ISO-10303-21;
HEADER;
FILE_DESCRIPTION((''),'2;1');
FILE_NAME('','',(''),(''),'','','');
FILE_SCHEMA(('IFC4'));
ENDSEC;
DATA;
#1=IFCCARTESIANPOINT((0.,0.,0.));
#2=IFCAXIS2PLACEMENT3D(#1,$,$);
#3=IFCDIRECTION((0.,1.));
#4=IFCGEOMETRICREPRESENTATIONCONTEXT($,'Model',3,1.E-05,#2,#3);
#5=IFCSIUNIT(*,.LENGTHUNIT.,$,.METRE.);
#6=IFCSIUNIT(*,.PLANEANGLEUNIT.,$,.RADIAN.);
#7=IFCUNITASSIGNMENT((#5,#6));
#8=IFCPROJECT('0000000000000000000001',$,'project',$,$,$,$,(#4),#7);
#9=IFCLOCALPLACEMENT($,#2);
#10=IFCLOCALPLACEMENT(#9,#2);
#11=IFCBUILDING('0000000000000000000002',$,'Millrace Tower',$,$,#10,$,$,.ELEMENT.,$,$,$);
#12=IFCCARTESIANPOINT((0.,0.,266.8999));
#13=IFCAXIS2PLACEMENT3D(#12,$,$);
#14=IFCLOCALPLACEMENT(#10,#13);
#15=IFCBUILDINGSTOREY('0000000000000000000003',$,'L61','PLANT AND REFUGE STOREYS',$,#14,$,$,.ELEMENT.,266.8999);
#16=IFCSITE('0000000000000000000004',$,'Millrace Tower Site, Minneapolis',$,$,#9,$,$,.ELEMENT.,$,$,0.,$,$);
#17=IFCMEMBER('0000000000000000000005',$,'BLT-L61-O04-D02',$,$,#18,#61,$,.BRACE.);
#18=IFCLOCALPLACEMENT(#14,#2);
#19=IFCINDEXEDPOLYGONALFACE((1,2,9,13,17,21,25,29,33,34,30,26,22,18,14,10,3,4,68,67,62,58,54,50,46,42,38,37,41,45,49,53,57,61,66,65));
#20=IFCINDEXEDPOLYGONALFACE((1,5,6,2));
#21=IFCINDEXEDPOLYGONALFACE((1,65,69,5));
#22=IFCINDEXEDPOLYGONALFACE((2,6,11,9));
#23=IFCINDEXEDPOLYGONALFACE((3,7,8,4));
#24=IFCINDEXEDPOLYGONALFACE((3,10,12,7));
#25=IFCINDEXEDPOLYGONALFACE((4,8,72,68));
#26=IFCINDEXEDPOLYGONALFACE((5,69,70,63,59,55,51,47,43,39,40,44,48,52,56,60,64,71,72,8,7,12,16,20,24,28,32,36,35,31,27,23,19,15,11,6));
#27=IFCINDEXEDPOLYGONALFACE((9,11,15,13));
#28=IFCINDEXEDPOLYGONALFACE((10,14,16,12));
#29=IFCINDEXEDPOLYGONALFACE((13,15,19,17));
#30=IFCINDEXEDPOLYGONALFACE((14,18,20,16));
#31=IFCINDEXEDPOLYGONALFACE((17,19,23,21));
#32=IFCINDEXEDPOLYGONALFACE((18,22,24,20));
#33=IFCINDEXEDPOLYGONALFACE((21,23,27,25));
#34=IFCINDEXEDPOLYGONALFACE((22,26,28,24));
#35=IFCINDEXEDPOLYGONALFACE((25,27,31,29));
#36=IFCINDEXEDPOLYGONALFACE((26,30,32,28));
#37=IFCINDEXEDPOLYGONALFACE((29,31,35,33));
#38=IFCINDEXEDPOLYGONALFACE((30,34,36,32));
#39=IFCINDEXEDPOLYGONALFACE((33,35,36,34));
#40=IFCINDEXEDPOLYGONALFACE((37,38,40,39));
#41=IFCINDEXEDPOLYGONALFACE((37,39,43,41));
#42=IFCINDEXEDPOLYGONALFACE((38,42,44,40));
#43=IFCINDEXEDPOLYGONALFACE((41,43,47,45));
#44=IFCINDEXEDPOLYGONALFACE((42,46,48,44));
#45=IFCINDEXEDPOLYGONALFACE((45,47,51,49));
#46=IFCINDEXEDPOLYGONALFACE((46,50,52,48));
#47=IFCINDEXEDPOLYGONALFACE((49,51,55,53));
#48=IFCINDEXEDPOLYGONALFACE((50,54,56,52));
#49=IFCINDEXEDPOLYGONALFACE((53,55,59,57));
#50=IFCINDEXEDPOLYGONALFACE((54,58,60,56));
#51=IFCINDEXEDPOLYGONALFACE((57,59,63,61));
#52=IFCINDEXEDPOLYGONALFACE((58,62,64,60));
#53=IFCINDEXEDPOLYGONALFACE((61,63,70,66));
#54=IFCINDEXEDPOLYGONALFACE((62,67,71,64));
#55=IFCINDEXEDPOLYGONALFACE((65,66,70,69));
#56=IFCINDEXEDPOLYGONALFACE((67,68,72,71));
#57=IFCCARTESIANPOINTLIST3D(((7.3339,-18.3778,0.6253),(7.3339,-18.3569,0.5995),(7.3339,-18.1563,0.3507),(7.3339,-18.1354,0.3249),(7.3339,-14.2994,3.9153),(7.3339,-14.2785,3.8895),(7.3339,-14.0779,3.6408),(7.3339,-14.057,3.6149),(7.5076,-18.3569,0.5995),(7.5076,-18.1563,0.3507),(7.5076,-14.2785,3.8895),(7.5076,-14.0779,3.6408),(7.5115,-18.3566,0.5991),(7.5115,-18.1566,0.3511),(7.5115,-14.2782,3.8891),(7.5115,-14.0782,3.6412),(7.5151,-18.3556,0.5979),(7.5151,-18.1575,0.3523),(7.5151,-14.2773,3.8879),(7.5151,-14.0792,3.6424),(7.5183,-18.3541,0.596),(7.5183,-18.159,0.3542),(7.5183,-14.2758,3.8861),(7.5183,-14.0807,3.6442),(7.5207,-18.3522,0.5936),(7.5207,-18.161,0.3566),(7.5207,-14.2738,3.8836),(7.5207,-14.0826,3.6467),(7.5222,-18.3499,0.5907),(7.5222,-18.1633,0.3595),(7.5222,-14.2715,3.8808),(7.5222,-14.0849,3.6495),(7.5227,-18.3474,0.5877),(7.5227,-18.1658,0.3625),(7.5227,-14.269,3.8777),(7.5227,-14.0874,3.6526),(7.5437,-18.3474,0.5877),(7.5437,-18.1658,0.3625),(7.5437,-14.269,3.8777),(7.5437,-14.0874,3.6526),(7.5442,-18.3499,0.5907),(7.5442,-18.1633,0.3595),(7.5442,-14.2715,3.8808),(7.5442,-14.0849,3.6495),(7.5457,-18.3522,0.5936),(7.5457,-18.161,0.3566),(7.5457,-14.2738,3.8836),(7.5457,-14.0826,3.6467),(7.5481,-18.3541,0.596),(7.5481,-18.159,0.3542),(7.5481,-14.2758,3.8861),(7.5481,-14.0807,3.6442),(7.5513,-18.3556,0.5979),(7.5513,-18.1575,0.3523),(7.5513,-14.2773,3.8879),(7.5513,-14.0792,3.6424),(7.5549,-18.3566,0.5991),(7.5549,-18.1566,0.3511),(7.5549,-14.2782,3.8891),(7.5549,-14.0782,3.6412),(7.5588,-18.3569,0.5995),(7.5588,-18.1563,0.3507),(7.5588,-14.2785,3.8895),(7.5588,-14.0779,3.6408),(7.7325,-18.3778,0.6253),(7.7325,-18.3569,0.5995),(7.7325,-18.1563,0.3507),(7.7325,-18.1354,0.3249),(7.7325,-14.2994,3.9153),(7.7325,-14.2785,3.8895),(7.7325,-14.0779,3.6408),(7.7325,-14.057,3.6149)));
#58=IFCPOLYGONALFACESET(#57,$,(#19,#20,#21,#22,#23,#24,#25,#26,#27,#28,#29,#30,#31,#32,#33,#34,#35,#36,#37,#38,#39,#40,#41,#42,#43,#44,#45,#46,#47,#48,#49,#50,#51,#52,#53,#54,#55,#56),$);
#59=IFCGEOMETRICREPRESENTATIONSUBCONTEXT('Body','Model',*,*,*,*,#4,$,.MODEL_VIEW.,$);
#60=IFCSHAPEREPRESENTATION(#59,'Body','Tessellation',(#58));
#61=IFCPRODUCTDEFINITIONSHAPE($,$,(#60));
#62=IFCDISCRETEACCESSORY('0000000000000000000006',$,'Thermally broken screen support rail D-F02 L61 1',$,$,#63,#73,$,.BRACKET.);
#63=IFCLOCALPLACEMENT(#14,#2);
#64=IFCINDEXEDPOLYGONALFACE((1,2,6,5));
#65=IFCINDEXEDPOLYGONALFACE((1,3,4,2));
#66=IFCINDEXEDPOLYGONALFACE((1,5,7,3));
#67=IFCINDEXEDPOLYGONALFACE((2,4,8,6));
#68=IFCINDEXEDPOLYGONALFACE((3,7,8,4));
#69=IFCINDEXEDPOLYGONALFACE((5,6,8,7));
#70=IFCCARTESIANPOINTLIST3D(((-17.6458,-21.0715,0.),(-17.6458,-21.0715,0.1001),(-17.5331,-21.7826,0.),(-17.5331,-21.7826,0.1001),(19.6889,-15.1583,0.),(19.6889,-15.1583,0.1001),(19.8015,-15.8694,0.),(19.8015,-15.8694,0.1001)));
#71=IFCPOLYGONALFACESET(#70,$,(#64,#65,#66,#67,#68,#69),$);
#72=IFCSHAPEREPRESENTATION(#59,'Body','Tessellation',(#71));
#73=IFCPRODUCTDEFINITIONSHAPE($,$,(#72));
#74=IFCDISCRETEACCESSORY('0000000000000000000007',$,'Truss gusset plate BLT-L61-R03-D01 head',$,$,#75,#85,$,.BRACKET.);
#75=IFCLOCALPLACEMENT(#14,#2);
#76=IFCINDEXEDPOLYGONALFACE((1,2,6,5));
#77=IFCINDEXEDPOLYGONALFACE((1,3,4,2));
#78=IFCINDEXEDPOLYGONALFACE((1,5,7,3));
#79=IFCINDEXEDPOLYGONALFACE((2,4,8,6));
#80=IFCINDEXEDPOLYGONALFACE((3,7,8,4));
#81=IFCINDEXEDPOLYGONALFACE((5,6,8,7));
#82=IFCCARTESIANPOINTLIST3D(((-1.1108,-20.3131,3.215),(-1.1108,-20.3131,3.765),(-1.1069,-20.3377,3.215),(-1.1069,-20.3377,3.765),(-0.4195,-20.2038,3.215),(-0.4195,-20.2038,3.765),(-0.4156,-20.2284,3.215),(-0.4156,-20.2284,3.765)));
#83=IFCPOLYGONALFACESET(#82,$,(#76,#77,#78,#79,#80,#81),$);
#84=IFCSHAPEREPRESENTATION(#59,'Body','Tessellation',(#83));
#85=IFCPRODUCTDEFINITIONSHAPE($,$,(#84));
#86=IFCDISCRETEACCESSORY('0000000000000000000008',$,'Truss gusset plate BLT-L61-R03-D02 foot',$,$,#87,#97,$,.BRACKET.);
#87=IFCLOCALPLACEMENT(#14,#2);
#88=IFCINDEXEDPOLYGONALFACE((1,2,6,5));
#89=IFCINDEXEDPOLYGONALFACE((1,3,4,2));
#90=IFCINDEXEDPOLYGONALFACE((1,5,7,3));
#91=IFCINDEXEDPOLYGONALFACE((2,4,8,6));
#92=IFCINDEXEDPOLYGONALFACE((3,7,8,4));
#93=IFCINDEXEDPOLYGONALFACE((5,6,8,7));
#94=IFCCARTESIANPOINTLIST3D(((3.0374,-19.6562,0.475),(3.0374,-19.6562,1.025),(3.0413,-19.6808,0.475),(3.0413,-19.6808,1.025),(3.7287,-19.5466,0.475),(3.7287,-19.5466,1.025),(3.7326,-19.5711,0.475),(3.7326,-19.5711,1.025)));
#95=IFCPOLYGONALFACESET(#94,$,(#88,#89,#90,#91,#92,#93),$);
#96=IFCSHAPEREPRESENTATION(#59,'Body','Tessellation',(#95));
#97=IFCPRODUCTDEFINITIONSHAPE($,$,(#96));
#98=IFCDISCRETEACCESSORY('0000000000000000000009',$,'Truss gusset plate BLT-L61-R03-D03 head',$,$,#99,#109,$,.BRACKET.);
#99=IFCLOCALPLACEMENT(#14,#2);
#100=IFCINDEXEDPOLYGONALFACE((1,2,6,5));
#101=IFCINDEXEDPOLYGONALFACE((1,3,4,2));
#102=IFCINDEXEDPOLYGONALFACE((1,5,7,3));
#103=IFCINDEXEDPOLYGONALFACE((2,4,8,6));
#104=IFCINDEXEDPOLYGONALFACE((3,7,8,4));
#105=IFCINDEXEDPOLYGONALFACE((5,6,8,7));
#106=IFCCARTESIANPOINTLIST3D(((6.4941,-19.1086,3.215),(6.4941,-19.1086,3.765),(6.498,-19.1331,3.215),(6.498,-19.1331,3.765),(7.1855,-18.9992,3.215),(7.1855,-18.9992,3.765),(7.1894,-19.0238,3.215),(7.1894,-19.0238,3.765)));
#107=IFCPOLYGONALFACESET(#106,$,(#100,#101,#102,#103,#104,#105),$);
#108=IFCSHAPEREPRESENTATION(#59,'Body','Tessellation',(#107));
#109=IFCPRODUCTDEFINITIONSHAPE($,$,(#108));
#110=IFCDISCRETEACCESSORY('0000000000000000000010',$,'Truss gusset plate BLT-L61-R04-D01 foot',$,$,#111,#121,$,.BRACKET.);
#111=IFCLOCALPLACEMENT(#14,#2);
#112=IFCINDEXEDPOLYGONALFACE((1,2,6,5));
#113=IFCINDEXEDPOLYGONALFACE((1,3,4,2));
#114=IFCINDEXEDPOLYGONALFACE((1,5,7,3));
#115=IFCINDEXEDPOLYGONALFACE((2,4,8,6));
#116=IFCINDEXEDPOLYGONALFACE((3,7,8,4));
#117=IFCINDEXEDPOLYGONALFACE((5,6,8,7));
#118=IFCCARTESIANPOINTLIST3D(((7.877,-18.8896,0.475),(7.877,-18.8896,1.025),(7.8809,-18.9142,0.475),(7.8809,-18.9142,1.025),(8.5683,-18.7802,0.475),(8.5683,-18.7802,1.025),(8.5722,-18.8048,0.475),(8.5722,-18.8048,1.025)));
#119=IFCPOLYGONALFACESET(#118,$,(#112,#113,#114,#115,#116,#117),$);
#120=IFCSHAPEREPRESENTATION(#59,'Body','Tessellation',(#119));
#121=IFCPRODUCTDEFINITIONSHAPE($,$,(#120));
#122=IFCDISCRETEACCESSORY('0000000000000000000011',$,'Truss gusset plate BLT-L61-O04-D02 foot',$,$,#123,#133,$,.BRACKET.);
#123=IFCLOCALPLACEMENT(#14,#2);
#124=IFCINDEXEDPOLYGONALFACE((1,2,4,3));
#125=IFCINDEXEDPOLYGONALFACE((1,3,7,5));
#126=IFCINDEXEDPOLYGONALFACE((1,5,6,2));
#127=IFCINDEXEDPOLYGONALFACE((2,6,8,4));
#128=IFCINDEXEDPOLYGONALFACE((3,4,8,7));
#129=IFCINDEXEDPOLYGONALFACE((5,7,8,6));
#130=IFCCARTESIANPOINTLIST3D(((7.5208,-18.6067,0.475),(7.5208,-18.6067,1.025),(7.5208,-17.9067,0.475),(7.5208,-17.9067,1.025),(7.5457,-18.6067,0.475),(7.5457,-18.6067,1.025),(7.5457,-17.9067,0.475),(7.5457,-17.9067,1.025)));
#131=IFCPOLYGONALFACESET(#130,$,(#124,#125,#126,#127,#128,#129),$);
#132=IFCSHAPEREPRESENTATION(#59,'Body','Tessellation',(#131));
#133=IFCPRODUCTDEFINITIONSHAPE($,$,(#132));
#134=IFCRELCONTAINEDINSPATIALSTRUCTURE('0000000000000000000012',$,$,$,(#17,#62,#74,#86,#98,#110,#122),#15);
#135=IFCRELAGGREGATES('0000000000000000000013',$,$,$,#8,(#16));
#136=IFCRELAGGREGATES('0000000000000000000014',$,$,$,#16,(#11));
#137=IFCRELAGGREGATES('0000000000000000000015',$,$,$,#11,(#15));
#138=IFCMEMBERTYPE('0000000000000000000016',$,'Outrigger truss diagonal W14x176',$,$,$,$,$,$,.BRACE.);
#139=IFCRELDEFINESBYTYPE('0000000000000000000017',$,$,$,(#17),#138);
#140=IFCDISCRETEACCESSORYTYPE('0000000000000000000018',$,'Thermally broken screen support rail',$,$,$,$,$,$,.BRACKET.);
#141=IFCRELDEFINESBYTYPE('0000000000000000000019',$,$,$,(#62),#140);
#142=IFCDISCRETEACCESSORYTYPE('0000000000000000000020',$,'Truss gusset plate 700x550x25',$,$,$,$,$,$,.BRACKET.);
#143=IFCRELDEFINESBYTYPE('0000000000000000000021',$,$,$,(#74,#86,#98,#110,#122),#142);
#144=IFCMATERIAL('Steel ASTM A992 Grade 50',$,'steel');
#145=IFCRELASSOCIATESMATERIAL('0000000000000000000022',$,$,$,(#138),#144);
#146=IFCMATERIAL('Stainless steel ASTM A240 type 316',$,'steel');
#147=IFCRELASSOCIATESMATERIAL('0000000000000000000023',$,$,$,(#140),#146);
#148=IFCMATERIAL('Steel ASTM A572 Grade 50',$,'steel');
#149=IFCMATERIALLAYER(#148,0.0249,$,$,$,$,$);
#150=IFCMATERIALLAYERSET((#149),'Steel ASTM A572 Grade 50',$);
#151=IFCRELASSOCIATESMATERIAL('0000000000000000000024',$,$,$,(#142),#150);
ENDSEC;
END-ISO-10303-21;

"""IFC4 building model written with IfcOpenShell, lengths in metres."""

from ifc_helpers import new_model, si_unit, direction, frame, origin, origin_2d, place, context, subcontext, project, spatial, rectangle, i_section, extrude, material, layer, layer_set, material_profile, profile_set, type_object, element, save


model = new_model("IFC4")

# Units and contexts
model_context = context("Model", 3, precision=1e-05, world=origin(), true_north=direction((0.0, 1.0)))
body_context = subcontext(model_context, "Body", "Model", "MODEL_VIEW")
ifc_project = project(units=[si_unit("LENGTHUNIT", "METRE"), si_unit("PLANEANGLEUNIT", "RADIAN")], contexts=[model_context])

# Site, building, storey
site_placement = place(None, origin())
site = spatial("IfcSite", under=ifc_project, at=site_placement, Name="Millrace Tower Site, Minneapolis", CompositionType="ELEMENT", RefElevation=0.0)
building_placement = place(site_placement, origin())
building = spatial("IfcBuilding", under=site, at=building_placement, Name="Millrace Tower", CompositionType="ELEMENT")
storey_placement = place(building_placement, frame((0.0, 0.0, 266.8999)))
storey = spatial("IfcBuildingStorey", under=building, at=storey_placement, Name="L61", Description="PLANT AND REFUGE STOREYS", CompositionType="ELEMENT", Elevation=266.8999)

# Member
ifc_material_1 = material(Name="Steel ASTM A992 Grade 50", Category="steel")
ifc_material_profile_1 = material_profile(ifc_material_1, i_section(OverallWidth=0.3987, OverallDepth=0.386, WebThickness=0.021, FlangeThickness=0.0332, FilletRadius=0.0151, at=origin_2d()))
ifc_profile_set_1 = profile_set([ifc_material_profile_1], Name="Steel ASTM A992 Grade 50")
member_type_1 = type_object("IfcMemberType", Name="Outrigger truss diagonal W14x176", PredefinedType="BRACE", material=ifc_profile_set_1)
member_1_placement = place(storey_placement, frame((7.5332, -18.2566, 0.4751), z_axis=(0.0, 0.778317, 0.627872), x_axis=(-1.0, 0.0, 0.0)))
element("IfcMember", 1, at=member_1_placement, inside=storey, type_object=member_type_1, Name="BLT-L61-O04-D02", PredefinedType="BRACE", context=body_context, shape_type="SweptSolid", body=[
    extrude(i_section(OverallWidth=0.3987, OverallDepth=0.386, WebThickness=0.021, FlangeThickness=0.0332, FilletRadius=0.0151, at=origin_2d()), origin(), (0.0, 0.0, 1.0), 5.24),
])

# Discrete accessories
ifc_material_2 = material(Name="Stainless steel ASTM A240 type 316", Category="steel")
discrete_accessory_type_1 = type_object("IfcDiscreteAccessoryType", Name="Thermally broken screen support rail", PredefinedType="BRACKET", material=ifc_material_2)
discrete_accessory_placement = place(storey_placement, frame((1.0779, -18.4705, 0.0), z_axis=(0.0, 0.0, 1.0), x_axis=(0.987688, 0.156434, 0.0)))
element("IfcDiscreteAccessory", 2, at=discrete_accessory_placement, inside=storey, type_object=discrete_accessory_type_1, Name="Thermally broken screen support rail D-F02 L61 1", PredefinedType="BRACKET", context=body_context, shape_type="SweptSolid", body=[
    extrude(rectangle(XDim=37.8, YDim=0.72, at=origin_2d()), origin(), (0.0, 0.0, 1.0), 0.1001),
])
ifc_material_3 = material(Name="Steel ASTM A572 Grade 50", Category="steel")
ifc_layer_1 = layer(ifc_material_3, 0.0249)
ifc_layer_set_1 = layer_set([ifc_layer_1], Name="Steel ASTM A572 Grade 50")
discrete_accessory_type_2 = type_object("IfcDiscreteAccessoryType", Name="Truss gusset plate 700x550x25", PredefinedType="BRACKET", material=ifc_layer_set_1)
for number, where, z_axis, x_axis, name in (
    (3, (-1.1089, -20.3254, 3.49), (0.987718, 0.156249, 0.0), (-0.156249, 0.987718, 0.0), "Truss gusset plate BLT-L61-R03-D01 head"),
    (4, (3.0393, -19.6685, 0.75), (0.987664, 0.156589, 0.0), (-0.156589, 0.987664, 0.0), "Truss gusset plate BLT-L61-R03-D02 foot"),
    (5, (6.4961, -19.1208, 3.49), (0.987718, 0.156249, 0.0), (-0.156249, 0.987718, 0.0), "Truss gusset plate BLT-L61-R03-D03 head"),
    (6, (7.8789, -18.9019, 0.75), (0.987718, 0.156249, 0.0), (-0.156249, 0.987718, 0.0), "Truss gusset plate BLT-L61-R04-D01 foot"),
    (7, (7.5332, -18.6067, 0.75), (0.0, 1.0, 0.0), (-1.0, 0.0, 0.0), "Truss gusset plate BLT-L61-O04-D02 foot"),
):
    element("IfcDiscreteAccessory", number, at=place(storey_placement, frame(where, z_axis=z_axis, x_axis=x_axis)), inside=storey, type_object=discrete_accessory_type_2, Name=name, PredefinedType="BRACKET", context=body_context, shape_type="SweptSolid", body=[
        extrude(rectangle(XDim=0.0249, YDim=0.55, at=origin_2d()), origin(), (0.0, 0.0, 1.0), 0.7),
    ])

save(model, "model.ifc")
